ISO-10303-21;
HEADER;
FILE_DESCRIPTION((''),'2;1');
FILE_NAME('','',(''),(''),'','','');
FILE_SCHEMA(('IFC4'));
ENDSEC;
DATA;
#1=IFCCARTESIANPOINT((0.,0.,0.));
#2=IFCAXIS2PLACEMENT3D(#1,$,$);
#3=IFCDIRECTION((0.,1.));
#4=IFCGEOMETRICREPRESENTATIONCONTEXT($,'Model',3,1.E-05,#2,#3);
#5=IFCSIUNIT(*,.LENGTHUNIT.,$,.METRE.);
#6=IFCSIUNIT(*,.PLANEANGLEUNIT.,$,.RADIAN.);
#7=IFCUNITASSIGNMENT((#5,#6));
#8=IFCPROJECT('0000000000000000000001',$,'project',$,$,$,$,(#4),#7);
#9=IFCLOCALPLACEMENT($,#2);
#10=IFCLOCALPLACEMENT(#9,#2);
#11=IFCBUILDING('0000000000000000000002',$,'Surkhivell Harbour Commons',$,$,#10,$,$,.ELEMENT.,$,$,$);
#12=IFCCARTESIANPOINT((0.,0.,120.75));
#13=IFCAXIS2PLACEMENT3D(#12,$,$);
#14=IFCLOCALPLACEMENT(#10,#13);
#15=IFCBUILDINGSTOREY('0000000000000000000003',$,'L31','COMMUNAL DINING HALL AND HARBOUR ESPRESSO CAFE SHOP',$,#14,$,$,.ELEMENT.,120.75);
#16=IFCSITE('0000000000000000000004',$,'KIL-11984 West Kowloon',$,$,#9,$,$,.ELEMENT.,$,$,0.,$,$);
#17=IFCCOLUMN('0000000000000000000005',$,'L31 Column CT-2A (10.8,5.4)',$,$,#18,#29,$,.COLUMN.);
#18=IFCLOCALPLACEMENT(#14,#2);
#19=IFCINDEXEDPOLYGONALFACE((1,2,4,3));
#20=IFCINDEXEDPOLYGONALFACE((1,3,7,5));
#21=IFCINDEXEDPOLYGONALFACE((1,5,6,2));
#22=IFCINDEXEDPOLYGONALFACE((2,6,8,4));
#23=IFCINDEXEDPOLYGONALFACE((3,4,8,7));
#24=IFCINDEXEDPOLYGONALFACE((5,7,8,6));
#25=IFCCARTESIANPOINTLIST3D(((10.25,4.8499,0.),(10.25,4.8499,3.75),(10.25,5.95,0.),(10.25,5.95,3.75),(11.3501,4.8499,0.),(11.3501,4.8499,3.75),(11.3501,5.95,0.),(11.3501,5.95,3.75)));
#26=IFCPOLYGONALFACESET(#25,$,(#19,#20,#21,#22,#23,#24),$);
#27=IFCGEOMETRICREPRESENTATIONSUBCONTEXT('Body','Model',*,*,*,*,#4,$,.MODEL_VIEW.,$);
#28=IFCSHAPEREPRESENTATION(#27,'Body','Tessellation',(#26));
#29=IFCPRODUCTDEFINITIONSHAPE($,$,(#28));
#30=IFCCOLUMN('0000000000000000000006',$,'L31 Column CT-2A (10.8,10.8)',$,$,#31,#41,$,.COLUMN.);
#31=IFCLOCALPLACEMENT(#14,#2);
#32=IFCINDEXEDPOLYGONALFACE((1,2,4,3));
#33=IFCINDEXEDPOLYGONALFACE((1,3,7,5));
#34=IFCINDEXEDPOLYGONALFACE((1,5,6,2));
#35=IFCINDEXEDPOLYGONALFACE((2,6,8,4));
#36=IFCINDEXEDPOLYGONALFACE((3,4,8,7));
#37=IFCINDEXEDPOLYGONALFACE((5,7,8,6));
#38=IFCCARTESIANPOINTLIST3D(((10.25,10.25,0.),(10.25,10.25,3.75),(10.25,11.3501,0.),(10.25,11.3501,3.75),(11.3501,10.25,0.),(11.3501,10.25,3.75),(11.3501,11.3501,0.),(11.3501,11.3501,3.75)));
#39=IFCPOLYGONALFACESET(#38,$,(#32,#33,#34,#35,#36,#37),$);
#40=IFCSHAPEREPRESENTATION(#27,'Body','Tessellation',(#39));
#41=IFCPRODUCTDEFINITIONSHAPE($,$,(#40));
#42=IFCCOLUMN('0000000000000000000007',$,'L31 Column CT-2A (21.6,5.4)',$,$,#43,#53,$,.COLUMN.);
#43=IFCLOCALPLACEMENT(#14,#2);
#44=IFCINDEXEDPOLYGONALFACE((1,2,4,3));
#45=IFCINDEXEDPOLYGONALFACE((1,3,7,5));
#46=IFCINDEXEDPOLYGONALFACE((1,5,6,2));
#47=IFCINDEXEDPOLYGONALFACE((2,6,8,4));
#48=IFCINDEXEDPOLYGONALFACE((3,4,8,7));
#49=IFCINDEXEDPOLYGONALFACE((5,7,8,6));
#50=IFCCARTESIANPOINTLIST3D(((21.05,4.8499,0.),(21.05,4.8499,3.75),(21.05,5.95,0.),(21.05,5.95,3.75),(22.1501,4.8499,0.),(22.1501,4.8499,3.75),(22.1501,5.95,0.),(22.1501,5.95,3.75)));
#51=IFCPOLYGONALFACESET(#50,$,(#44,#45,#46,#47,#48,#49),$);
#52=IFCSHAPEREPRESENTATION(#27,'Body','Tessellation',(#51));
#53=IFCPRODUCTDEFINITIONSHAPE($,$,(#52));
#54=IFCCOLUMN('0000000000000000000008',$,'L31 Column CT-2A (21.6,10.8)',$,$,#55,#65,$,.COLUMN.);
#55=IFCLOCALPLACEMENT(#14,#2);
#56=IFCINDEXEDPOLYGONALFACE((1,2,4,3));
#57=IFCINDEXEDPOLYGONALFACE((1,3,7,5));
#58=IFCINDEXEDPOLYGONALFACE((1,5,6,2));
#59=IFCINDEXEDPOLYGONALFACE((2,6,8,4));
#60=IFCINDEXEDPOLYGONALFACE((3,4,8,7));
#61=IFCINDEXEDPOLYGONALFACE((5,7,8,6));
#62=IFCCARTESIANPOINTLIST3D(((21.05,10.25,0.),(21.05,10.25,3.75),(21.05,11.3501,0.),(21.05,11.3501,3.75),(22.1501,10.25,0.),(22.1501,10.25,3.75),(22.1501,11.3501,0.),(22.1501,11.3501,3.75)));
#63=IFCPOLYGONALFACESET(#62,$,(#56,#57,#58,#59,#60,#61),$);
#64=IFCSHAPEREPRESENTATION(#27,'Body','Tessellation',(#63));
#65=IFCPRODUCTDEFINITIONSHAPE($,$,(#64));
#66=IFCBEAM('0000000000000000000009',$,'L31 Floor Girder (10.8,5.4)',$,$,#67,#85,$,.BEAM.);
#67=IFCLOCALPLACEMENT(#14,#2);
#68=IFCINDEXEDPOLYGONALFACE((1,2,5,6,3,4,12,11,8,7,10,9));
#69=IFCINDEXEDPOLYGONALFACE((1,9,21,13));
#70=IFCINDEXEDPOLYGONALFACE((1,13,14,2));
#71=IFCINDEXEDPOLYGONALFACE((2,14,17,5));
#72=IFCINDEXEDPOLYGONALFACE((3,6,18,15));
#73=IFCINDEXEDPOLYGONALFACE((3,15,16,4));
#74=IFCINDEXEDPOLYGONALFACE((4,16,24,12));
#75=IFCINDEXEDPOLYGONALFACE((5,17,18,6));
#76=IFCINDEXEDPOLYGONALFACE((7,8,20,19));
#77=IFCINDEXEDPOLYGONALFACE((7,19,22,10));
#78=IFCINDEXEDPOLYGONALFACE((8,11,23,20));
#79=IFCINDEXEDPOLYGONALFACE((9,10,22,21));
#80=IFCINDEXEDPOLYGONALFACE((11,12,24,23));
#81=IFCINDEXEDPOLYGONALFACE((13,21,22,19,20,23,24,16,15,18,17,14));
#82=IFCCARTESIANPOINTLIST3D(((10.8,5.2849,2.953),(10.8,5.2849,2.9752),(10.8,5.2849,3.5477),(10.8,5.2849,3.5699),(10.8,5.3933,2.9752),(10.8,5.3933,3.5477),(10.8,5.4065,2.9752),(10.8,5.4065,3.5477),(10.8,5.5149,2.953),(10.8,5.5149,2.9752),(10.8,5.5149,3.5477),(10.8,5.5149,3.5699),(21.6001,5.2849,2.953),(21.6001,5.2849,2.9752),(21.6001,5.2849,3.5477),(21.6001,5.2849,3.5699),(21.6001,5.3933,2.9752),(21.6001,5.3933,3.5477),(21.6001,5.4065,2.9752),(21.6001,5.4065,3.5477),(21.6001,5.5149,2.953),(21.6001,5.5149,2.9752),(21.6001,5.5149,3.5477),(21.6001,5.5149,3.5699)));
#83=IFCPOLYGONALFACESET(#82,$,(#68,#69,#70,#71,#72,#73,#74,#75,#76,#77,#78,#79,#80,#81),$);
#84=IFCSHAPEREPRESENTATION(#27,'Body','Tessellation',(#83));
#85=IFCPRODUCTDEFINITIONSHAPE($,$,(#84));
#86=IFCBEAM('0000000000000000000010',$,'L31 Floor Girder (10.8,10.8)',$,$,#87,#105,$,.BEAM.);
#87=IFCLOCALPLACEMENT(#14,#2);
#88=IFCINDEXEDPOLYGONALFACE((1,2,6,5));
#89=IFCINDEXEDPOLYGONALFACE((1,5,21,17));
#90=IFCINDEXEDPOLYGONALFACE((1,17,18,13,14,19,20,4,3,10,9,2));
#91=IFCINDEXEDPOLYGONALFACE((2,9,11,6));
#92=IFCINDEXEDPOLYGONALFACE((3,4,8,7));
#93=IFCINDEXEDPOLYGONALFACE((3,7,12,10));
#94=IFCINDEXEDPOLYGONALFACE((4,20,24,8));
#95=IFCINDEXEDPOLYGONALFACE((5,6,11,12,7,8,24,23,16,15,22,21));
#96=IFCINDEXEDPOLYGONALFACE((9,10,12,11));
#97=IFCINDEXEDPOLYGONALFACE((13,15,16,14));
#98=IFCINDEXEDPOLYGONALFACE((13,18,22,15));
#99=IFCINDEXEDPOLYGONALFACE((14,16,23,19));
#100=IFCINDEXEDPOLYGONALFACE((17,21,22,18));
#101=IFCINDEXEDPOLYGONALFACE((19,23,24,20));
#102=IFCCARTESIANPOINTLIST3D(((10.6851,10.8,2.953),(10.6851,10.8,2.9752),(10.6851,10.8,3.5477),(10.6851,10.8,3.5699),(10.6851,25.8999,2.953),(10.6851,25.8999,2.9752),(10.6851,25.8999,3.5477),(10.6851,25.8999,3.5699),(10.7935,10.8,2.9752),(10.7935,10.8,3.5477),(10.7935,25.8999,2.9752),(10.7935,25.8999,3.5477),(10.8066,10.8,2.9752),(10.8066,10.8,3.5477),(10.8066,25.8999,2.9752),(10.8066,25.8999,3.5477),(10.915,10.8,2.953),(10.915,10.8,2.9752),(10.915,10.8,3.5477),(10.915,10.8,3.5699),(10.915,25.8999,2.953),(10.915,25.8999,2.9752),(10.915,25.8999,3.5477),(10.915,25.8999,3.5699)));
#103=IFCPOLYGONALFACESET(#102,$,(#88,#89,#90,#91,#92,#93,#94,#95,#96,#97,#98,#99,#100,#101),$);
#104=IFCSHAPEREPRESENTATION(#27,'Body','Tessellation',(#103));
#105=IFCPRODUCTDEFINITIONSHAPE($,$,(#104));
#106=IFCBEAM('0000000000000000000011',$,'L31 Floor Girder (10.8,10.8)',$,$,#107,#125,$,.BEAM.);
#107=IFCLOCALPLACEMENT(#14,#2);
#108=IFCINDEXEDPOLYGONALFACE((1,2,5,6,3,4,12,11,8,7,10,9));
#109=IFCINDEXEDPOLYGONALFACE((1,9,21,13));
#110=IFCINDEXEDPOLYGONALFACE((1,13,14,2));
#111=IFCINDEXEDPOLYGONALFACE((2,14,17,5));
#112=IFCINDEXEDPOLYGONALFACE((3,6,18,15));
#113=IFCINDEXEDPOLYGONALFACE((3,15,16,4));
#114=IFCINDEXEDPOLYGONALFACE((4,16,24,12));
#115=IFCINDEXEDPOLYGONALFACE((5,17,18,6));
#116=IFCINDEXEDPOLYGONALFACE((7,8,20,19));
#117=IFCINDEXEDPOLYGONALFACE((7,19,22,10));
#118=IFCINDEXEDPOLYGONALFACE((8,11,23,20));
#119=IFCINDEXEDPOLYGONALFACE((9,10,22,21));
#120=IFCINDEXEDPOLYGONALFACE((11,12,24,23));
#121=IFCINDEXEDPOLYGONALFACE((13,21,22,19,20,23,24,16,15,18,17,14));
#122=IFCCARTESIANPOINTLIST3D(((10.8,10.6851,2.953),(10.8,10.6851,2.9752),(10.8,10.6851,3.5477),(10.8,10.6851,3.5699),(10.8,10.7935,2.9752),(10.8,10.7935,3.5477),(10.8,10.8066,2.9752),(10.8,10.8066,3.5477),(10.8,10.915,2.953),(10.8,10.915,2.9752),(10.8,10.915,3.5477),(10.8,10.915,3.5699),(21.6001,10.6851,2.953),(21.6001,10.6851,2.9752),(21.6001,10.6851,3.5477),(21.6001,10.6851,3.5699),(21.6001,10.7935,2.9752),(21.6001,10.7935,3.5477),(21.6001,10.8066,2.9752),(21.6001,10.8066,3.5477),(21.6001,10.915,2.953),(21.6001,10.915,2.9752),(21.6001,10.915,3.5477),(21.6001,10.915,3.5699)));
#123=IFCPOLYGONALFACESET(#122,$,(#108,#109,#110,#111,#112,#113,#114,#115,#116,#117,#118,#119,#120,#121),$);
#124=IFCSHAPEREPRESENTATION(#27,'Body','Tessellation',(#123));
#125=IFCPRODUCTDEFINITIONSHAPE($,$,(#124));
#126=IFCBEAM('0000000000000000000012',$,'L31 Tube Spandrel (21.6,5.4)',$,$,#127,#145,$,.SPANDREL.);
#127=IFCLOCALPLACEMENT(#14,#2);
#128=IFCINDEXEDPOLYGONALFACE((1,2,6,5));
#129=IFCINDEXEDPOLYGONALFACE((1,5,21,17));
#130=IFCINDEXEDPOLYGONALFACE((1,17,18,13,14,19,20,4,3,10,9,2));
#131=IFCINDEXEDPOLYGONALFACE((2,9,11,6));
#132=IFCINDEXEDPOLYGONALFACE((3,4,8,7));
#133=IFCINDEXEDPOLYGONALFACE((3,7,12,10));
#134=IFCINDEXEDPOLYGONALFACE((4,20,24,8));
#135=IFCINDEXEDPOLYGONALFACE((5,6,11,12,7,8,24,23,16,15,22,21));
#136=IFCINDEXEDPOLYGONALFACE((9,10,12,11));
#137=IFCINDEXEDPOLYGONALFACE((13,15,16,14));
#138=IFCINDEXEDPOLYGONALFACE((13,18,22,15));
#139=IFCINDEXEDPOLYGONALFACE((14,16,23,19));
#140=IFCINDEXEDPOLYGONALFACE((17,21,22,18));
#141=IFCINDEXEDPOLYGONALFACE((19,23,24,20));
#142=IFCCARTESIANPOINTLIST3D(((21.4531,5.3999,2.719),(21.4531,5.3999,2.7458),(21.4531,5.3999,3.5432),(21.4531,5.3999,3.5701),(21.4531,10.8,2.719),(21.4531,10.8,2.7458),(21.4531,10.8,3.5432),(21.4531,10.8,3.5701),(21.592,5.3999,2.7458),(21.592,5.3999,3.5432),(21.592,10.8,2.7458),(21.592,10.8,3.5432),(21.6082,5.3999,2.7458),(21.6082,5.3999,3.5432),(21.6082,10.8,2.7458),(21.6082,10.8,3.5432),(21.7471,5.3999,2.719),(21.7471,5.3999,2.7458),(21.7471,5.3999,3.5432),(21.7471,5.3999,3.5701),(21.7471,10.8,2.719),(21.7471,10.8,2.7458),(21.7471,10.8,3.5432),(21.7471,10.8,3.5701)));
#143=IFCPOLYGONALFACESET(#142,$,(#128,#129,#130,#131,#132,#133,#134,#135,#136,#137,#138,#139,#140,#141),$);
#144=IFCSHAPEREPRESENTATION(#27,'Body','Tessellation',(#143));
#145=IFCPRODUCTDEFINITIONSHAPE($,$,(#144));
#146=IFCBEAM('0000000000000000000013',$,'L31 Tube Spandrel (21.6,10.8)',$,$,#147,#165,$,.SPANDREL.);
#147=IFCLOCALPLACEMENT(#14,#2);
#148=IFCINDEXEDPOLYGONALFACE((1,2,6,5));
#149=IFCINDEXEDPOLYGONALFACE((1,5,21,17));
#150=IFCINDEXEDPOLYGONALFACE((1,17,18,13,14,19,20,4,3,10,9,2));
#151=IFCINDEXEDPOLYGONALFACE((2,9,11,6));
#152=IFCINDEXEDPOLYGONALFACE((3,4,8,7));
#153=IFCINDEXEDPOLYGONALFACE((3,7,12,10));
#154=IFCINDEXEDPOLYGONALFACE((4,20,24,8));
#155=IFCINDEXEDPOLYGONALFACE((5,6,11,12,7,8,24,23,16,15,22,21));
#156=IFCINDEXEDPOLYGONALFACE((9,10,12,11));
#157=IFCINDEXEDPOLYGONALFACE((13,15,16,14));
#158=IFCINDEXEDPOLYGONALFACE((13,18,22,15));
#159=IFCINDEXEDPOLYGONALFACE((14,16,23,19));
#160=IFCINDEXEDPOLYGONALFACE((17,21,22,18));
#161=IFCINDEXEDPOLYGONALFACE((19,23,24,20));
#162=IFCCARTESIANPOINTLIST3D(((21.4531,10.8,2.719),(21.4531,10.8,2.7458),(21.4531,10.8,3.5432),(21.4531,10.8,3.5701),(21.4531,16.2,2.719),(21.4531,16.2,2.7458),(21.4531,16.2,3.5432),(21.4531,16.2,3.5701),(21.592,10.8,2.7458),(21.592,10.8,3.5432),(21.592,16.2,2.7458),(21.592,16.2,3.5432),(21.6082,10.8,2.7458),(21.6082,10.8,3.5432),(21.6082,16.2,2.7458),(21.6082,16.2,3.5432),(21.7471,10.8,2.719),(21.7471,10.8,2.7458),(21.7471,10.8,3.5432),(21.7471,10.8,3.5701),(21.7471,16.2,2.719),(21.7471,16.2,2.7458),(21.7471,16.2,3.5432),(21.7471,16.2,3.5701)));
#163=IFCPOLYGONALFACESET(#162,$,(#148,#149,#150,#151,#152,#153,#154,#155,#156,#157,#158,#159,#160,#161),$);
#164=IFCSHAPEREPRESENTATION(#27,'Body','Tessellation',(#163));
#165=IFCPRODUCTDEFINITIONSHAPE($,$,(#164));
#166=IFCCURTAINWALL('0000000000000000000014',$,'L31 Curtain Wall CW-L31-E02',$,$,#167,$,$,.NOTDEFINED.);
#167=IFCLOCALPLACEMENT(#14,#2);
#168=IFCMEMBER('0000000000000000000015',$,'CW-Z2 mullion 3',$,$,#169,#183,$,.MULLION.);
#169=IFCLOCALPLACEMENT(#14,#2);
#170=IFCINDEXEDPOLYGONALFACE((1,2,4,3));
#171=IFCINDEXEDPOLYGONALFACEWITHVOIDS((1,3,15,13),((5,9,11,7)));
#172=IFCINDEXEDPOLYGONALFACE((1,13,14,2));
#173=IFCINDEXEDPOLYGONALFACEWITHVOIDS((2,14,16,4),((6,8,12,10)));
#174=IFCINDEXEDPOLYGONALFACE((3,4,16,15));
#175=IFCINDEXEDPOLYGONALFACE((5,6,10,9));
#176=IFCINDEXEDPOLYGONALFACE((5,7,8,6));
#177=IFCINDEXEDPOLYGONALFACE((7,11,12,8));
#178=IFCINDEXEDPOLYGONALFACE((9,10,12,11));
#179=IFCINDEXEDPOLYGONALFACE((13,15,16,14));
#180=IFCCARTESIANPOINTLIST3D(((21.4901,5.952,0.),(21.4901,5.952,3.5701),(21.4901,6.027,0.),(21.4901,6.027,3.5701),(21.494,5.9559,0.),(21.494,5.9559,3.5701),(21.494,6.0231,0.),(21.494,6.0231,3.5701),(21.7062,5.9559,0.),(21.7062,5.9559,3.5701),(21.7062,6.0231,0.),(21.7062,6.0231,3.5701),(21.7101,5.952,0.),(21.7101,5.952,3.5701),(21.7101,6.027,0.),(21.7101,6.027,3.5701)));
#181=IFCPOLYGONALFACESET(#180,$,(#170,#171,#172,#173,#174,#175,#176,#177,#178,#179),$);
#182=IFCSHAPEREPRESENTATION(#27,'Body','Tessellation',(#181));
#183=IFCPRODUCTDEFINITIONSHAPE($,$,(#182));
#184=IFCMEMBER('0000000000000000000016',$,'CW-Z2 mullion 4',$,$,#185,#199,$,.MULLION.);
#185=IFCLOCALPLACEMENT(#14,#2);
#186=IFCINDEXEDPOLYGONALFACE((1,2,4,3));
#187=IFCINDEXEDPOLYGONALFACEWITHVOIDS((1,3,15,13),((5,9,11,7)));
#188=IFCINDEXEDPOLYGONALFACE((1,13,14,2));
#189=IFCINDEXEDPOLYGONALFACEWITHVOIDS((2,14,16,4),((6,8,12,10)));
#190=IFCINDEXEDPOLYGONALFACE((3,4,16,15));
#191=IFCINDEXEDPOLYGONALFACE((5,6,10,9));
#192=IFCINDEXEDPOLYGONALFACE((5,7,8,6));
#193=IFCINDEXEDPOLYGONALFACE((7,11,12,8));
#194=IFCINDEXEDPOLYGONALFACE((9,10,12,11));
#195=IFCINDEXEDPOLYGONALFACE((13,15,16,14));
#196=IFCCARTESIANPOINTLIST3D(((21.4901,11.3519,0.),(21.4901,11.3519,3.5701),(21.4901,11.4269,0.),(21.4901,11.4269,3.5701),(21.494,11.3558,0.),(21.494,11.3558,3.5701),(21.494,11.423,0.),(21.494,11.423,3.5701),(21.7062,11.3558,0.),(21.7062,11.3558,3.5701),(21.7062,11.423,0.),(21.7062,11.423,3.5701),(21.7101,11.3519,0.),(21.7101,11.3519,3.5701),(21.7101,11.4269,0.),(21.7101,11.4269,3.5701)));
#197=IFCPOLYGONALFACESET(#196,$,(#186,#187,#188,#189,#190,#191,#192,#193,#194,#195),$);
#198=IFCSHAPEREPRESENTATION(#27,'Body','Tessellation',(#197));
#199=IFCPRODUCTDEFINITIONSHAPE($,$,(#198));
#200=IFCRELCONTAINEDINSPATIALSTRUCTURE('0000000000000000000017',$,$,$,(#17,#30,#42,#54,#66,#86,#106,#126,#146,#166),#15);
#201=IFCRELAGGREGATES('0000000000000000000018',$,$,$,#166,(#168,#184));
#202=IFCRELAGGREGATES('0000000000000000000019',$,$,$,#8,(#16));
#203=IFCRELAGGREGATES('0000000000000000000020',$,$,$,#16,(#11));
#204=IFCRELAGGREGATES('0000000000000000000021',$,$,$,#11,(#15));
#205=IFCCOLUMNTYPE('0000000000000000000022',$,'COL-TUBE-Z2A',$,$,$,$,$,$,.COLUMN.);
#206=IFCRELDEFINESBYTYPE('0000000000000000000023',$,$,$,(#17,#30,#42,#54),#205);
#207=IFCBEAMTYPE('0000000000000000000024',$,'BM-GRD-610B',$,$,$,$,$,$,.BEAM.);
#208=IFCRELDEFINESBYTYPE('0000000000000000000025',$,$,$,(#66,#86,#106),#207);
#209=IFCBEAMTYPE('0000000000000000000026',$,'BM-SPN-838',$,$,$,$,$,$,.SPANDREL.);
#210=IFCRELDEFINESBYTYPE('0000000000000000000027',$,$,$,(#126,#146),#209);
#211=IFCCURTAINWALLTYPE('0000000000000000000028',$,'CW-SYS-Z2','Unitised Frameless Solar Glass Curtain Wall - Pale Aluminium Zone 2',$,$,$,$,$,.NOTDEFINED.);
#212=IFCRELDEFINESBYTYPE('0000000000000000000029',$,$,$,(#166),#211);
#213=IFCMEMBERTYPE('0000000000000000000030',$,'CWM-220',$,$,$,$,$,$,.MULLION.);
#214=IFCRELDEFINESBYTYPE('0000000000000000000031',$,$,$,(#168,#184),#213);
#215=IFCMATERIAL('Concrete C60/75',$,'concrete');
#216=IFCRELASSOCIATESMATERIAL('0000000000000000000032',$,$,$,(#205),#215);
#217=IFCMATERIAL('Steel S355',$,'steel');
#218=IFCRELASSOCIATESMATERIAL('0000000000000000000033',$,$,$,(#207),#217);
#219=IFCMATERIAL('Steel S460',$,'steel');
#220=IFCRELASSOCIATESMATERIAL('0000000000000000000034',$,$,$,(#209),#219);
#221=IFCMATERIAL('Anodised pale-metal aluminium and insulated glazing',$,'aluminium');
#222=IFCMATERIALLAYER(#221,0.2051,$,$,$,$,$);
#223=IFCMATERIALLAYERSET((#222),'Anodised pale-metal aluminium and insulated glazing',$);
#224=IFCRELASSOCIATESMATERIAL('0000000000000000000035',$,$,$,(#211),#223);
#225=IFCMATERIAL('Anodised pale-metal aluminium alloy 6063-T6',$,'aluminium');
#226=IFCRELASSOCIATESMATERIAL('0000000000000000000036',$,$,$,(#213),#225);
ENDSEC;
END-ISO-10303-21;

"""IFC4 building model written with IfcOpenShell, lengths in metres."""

from ifc_helpers import new_model, si_unit, direction, frame, origin, origin_2d, place, context, subcontext, project, spatial, rectangle, hollow_rectangle, i_section, extrude, material, layer, layer_set, material_profile, profile_set, type_object, element, aggregate, save


model = new_model("IFC4")

# Units and contexts
model_context = context("Model", 3, precision=1e-05, world=origin(), true_north=direction((0.0, 1.0)))
body_context = subcontext(model_context, "Body", "Model", "MODEL_VIEW")
ifc_project = project(units=[si_unit("LENGTHUNIT", "METRE"), si_unit("PLANEANGLEUNIT", "RADIAN")], contexts=[model_context])

# Site, building, storey
site_placement = place(None, origin())
site = spatial("IfcSite", under=ifc_project, at=site_placement, Name="KIL-11984 West Kowloon", CompositionType="ELEMENT", RefElevation=0.0)
building_placement = place(site_placement, origin())
building = spatial("IfcBuilding", under=site, at=building_placement, Name="Surkhivell Harbour Commons", CompositionType="ELEMENT")
storey_placement = place(building_placement, frame((0.0, 0.0, 120.75)))
storey = spatial("IfcBuildingStorey", under=building, at=storey_placement, Name="L31", Description="COMMUNAL DINING HALL AND HARBOUR ESPRESSO CAFE SHOP", CompositionType="ELEMENT", Elevation=120.75)

# Columns
ifc_material_1 = material(Name="Concrete C60/75", Category="concrete")
ifc_material_profile_1 = material_profile(ifc_material_1, rectangle(XDim=1.1001, YDim=1.1001, at=origin_2d()), Name="RC-COL-1100x1100")
ifc_profile_set_1 = profile_set([ifc_material_profile_1], Name="Concrete C60/75")
column_type = type_object("IfcColumnType", Name="COL-TUBE-Z2A", PredefinedType="COLUMN", material=ifc_profile_set_1)
for number, where, z_axis, x_axis, name in (
    (1, (10.8, 5.3999, 0.0), (0.0, 0.0, 1.0), (1.0, 0.0, 0.0), "L31 Column CT-2A (10.8,5.4)"),
    (2, (10.8, 10.8, 0.0), (0.0, 0.0, 1.0), (1.0, 0.0, 0.0), "L31 Column CT-2A (10.8,10.8)"),
    (3, (21.6001, 5.3999, 0.0), (0.0, 0.0, 1.0), (1.0, 0.0, 0.0), "L31 Column CT-2A (21.6,5.4)"),
    (4, (21.6001, 10.8, 0.0), (0.0, 0.0, 1.0), (1.0, 0.0, 0.0), "L31 Column CT-2A (21.6,10.8)"),
):
    element("IfcColumn", number, at=place(storey_placement, frame(where, z_axis=z_axis, x_axis=x_axis)), inside=storey, type_object=column_type, Name=name, PredefinedType="COLUMN", context=body_context, shape_type="SweptSolid", body=[
        extrude(rectangle(XDim=1.1001, YDim=1.1001, at=origin_2d()), origin(), (0.0, 0.0, 1.0), 3.75),
    ])

# Beams
ifc_material_2 = material(Name="Steel S355", Category="steel")
ifc_material_profile_2 = material_profile(ifc_material_2, i_section(OverallWidth=0.23, OverallDepth=0.6169, WebThickness=0.0132, FlangeThickness=0.0222, at=origin_2d()), Name="UB610x229x140")
ifc_profile_set_2 = profile_set([ifc_material_profile_2], Name="Steel S355")
beam_type_1 = type_object("IfcBeamType", Name="BM-GRD-610B", PredefinedType="BEAM", material=ifc_profile_set_2)
beam_1_placement = place(storey_placement, frame((10.8, 5.3999, 3.2615), z_axis=(1.0, 0.0, 0.0), x_axis=(0.0, 1.0, 0.0)))
element("IfcBeam", 5, at=beam_1_placement, inside=storey, type_object=beam_type_1, Name="L31 Floor Girder (10.8,5.4)", PredefinedType="BEAM", context=body_context, shape_type="SweptSolid", body=[
    extrude(i_section(OverallWidth=0.23, OverallDepth=0.6169, WebThickness=0.0132, FlangeThickness=0.0222, at=origin_2d()), origin(), (0.0, 0.0, 1.0), 10.8),
])
beam_2_placement = place(storey_placement, frame((10.8, 10.8, 3.2615), z_axis=(0.0, 1.0, 0.0), x_axis=(-1.0, 0.0, 0.0)))
element("IfcBeam", 6, at=beam_2_placement, inside=storey, type_object=beam_type_1, Name="L31 Floor Girder (10.8,10.8)", PredefinedType="BEAM", context=body_context, shape_type="SweptSolid", body=[
    extrude(i_section(OverallWidth=0.23, OverallDepth=0.6169, WebThickness=0.0132, FlangeThickness=0.0222, at=origin_2d()), origin(), (0.0, 0.0, 1.0), 15.0999),
])
beam_3_placement = place(storey_placement, frame((10.8, 10.8, 3.2615), z_axis=(1.0, 0.0, 0.0), x_axis=(0.0, 1.0, 0.0)))
element("IfcBeam", 7, at=beam_3_placement, inside=storey, type_object=beam_type_1, Name="L31 Floor Girder (10.8,10.8)", PredefinedType="BEAM", context=body_context, shape_type="SweptSolid", body=[
    extrude(i_section(OverallWidth=0.23, OverallDepth=0.6169, WebThickness=0.0132, FlangeThickness=0.0222, at=origin_2d()), origin(), (0.0, 0.0, 1.0), 10.8),
])
ifc_material_3 = material(Name="Steel S460", Category="steel")
ifc_material_profile_3 = material_profile(ifc_material_3, i_section(OverallWidth=0.2939, OverallDepth=0.8511, WebThickness=0.0161, FlangeThickness=0.0269, at=origin_2d()), Name="UB838x292x226")
ifc_profile_set_3 = profile_set([ifc_material_profile_3], Name="Steel S460")
beam_type_2 = type_object("IfcBeamType", Name="BM-SPN-838", PredefinedType="SPANDREL", material=ifc_profile_set_3)
beam_4_placement = place(storey_placement, frame((21.6001, 5.3999, 3.1445), z_axis=(0.0, 1.0, 0.0), x_axis=(-1.0, 0.0, 0.0)))
element("IfcBeam", 8, at=beam_4_placement, inside=storey, type_object=beam_type_2, Name="L31 Tube Spandrel (21.6,5.4)", PredefinedType="SPANDREL", context=body_context, shape_type="SweptSolid", body=[
    extrude(i_section(OverallWidth=0.2939, OverallDepth=0.8511, WebThickness=0.0161, FlangeThickness=0.0269, at=origin_2d()), origin(), (0.0, 0.0, 1.0), 5.4001),
])
beam_5_placement = place(storey_placement, frame((21.6001, 10.8, 3.1445), z_axis=(0.0, 1.0, 0.0), x_axis=(-1.0, 0.0, 0.0)))
element("IfcBeam", 9, at=beam_5_placement, inside=storey, type_object=beam_type_2, Name="L31 Tube Spandrel (21.6,10.8)", PredefinedType="SPANDREL", context=body_context, shape_type="SweptSolid", body=[
    extrude(i_section(OverallWidth=0.2939, OverallDepth=0.8511, WebThickness=0.0161, FlangeThickness=0.0269, at=origin_2d()), origin(), (0.0, 0.0, 1.0), 5.3999),
])

# Curtain wall, members
ifc_material_4 = material(Name="Anodised pale-metal aluminium and insulated glazing", Category="aluminium")
ifc_layer_1 = layer(ifc_material_4, 0.2051)
ifc_layer_set_1 = layer_set([ifc_layer_1], Name="Anodised pale-metal aluminium and insulated glazing")
curtain_wall_type = type_object("IfcCurtainWallType", Name="CW-SYS-Z2", Description="Unitised Frameless Solar Glass Curtain Wall - Pale Aluminium Zone 2", PredefinedType="NOTDEFINED", material=ifc_layer_set_1)
curtain_wall_placement = place(storey_placement, origin())
curtain_wall = element("IfcCurtainWall", 10, at=curtain_wall_placement, inside=storey, type_object=curtain_wall_type, Name="L31 Curtain Wall CW-L31-E02", PredefinedType="NOTDEFINED")
ifc_material_5 = material(Name="Anodised pale-metal aluminium alloy 6063-T6", Category="aluminium")
ifc_material_profile_4 = material_profile(ifc_material_5, hollow_rectangle(XDim=0.075, YDim=0.22, WallThickness=0.0039, at=origin_2d()), Name="ALU-MULL-75x220")
ifc_profile_set_4 = profile_set([ifc_material_profile_4], Name="Anodised pale-metal aluminium alloy 6063-T6")
member_type_1 = type_object("IfcMemberType", Name="CWM-220", PredefinedType="MULLION", material=ifc_profile_set_4)
member_1_placement = place(storey_placement, frame((21.6001, 5.9895, 0.0), z_axis=(0.0, 0.0, 1.0), x_axis=(0.0, 1.0, 0.0)))
member_1 = element("IfcMember", 11, at=member_1_placement, type_object=member_type_1, Name="CW-Z2 mullion 3", PredefinedType="MULLION", context=body_context, shape_type="SweptSolid", body=[
    extrude(hollow_rectangle(XDim=0.075, YDim=0.22, WallThickness=0.0039, at=origin_2d()), origin(), (0.0, 0.0, 1.0), 3.5701),
])
member_2_placement = place(storey_placement, frame((21.6001, 11.3894, 0.0), z_axis=(0.0, 0.0, 1.0), x_axis=(0.0, 1.0, 0.0)))
member_2 = element("IfcMember", 12, at=member_2_placement, type_object=member_type_1, Name="CW-Z2 mullion 4", PredefinedType="MULLION", context=body_context, shape_type="SweptSolid", body=[
    extrude(hollow_rectangle(XDim=0.075, YDim=0.22, WallThickness=0.0039, at=origin_2d()), origin(), (0.0, 0.0, 1.0), 3.5701),
])
aggregate(curtain_wall, [member_1, member_2])

save(model, "model.ifc")
